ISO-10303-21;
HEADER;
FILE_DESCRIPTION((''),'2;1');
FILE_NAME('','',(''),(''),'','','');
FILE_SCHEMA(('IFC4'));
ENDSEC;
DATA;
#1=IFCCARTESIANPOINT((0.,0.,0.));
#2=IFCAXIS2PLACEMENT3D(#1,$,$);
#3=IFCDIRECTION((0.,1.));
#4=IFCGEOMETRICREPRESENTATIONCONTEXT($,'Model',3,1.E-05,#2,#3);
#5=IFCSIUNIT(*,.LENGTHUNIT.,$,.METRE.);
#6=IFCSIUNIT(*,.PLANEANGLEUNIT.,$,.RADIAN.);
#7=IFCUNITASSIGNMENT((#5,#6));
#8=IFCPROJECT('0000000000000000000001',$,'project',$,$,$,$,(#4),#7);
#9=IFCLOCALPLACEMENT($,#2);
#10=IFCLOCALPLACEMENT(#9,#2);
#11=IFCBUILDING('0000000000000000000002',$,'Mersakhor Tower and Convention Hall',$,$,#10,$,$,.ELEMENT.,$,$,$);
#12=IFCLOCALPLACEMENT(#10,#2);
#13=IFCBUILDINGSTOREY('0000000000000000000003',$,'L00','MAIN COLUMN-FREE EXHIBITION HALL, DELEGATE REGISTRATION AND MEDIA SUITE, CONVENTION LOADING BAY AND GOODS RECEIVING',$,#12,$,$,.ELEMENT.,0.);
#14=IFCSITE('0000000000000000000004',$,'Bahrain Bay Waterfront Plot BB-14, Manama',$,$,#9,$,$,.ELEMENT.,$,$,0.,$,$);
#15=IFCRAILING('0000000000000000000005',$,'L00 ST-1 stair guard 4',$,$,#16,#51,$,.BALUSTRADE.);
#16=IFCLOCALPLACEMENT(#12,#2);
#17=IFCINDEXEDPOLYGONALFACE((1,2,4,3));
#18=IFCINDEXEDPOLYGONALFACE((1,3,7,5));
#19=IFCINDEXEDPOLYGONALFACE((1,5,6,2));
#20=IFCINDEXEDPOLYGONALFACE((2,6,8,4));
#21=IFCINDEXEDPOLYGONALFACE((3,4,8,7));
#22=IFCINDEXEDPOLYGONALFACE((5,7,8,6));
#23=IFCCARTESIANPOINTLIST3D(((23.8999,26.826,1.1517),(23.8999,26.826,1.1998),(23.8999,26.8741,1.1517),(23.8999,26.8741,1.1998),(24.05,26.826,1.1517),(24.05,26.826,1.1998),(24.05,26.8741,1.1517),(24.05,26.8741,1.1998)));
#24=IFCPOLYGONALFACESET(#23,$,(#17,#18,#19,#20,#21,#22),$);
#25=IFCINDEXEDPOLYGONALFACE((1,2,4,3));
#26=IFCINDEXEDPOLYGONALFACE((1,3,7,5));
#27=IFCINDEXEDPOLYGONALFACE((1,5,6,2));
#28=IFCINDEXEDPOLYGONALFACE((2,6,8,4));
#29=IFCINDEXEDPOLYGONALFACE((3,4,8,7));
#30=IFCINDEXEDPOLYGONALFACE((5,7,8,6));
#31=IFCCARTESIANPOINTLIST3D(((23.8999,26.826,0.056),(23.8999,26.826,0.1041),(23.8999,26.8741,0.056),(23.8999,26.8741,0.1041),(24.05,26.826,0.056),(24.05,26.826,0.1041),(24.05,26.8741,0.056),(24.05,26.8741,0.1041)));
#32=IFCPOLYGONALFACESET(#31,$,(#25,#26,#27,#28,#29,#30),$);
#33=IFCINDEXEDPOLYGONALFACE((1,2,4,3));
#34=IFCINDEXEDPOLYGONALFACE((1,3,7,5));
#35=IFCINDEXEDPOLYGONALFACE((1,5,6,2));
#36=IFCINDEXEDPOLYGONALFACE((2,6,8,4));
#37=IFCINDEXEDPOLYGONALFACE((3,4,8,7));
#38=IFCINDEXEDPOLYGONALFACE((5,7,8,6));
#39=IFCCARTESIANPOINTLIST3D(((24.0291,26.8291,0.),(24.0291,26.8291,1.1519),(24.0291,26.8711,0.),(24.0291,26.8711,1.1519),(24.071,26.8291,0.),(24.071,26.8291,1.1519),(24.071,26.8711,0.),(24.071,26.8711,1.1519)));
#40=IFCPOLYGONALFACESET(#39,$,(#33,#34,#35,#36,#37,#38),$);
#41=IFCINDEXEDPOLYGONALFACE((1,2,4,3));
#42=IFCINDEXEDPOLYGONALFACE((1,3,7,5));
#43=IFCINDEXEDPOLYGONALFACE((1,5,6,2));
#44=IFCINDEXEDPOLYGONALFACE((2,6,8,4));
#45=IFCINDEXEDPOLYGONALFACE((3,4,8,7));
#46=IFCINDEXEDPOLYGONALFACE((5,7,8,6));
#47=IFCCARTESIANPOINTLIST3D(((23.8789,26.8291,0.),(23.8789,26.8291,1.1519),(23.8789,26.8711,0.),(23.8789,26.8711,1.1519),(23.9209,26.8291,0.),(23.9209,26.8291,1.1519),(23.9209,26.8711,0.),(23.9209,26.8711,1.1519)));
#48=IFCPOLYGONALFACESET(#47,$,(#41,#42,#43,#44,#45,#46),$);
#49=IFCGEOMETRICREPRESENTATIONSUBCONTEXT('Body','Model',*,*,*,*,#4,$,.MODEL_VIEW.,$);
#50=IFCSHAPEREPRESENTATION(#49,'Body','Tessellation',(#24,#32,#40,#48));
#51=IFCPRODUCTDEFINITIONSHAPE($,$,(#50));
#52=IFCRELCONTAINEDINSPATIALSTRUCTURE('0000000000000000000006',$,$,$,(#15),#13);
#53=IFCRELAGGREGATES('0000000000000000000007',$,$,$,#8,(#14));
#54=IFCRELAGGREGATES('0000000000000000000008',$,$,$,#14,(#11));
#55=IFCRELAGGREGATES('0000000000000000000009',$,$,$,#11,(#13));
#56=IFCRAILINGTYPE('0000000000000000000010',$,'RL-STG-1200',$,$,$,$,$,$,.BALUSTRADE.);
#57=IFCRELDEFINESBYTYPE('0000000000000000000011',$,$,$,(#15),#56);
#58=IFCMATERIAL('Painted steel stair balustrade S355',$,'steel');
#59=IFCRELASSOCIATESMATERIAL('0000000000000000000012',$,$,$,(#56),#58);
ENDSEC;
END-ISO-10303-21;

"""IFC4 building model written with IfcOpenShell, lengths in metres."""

from ifc_helpers import new_model, si_unit, direction, frame, origin, origin_2d, place, context, subcontext, project, spatial, rectangle, extrude, material, type_object, element, save


model = new_model("IFC4")

# Units and contexts
model_context = context("Model", 3, precision=1e-05, world=origin(), true_north=direction((0.0, 1.0)))
body_context = subcontext(model_context, "Body", "Model", "MODEL_VIEW")
ifc_project = project(units=[si_unit("LENGTHUNIT", "METRE"), si_unit("PLANEANGLEUNIT", "RADIAN")], contexts=[model_context])

# Site, building, storey
site_placement = place(None, origin())
site = spatial("IfcSite", under=ifc_project, at=site_placement, Name="Bahrain Bay Waterfront Plot BB-14, Manama", CompositionType="ELEMENT", RefElevation=0.0)
building_placement = place(site_placement, origin())
building = spatial("IfcBuilding", under=site, at=building_placement, Name="Mersakhor Tower and Convention Hall", CompositionType="ELEMENT")
storey_placement = place(building_placement, origin())
storey = spatial("IfcBuildingStorey", under=building, at=storey_placement, Name="L00", Description="MAIN COLUMN-FREE EXHIBITION HALL, DELEGATE REGISTRATION AND MEDIA SUITE, CONVENTION LOADING BAY AND GOODS RECEIVING", CompositionType="ELEMENT", Elevation=0.0)

# Railing
ifc_material_1 = material(Name="Painted steel stair balustrade S355", Category="steel")
railing_type_1 = type_object("IfcRailingType", Name="RL-STG-1200", PredefinedType="BALUSTRADE", material=ifc_material_1)
railing_1_placement = place(storey_placement, frame((24.05, 26.8501, 0.0)))
element("IfcRailing", 1, at=railing_1_placement, inside=storey, type_object=railing_type_1, Name="L00 ST-1 stair guard 4", PredefinedType="BALUSTRADE", context=body_context, shape_type="SweptSolid", body=[
    extrude(rectangle(XDim=0.0481, YDim=0.0481, at=origin_2d()), frame((0.0, 0.0, 1.1758), z_axis=(-1.0, 0.0, 0.0), x_axis=(0.0, -1.0, 0.0)), (0.0, 0.0, 1.0), 0.1501),
    extrude(rectangle(XDim=0.0481, YDim=0.0481, at=origin_2d()), frame((0.0, 0.0, 0.0801), z_axis=(-1.0, 0.0, 0.0), x_axis=(0.0, -1.0, 0.0)), (0.0, 0.0, 1.0), 0.1501),
    extrude(rectangle(XDim=0.042, YDim=0.042, at=origin_2d()), origin(), (0.0, 0.0, 1.0), 1.1519),
    extrude(rectangle(XDim=0.042, YDim=0.042, at=origin_2d()), frame((-0.1501, 0.0, 0.0)), (0.0, 0.0, 1.0), 1.1519),
])

save(model, "model.ifc")
